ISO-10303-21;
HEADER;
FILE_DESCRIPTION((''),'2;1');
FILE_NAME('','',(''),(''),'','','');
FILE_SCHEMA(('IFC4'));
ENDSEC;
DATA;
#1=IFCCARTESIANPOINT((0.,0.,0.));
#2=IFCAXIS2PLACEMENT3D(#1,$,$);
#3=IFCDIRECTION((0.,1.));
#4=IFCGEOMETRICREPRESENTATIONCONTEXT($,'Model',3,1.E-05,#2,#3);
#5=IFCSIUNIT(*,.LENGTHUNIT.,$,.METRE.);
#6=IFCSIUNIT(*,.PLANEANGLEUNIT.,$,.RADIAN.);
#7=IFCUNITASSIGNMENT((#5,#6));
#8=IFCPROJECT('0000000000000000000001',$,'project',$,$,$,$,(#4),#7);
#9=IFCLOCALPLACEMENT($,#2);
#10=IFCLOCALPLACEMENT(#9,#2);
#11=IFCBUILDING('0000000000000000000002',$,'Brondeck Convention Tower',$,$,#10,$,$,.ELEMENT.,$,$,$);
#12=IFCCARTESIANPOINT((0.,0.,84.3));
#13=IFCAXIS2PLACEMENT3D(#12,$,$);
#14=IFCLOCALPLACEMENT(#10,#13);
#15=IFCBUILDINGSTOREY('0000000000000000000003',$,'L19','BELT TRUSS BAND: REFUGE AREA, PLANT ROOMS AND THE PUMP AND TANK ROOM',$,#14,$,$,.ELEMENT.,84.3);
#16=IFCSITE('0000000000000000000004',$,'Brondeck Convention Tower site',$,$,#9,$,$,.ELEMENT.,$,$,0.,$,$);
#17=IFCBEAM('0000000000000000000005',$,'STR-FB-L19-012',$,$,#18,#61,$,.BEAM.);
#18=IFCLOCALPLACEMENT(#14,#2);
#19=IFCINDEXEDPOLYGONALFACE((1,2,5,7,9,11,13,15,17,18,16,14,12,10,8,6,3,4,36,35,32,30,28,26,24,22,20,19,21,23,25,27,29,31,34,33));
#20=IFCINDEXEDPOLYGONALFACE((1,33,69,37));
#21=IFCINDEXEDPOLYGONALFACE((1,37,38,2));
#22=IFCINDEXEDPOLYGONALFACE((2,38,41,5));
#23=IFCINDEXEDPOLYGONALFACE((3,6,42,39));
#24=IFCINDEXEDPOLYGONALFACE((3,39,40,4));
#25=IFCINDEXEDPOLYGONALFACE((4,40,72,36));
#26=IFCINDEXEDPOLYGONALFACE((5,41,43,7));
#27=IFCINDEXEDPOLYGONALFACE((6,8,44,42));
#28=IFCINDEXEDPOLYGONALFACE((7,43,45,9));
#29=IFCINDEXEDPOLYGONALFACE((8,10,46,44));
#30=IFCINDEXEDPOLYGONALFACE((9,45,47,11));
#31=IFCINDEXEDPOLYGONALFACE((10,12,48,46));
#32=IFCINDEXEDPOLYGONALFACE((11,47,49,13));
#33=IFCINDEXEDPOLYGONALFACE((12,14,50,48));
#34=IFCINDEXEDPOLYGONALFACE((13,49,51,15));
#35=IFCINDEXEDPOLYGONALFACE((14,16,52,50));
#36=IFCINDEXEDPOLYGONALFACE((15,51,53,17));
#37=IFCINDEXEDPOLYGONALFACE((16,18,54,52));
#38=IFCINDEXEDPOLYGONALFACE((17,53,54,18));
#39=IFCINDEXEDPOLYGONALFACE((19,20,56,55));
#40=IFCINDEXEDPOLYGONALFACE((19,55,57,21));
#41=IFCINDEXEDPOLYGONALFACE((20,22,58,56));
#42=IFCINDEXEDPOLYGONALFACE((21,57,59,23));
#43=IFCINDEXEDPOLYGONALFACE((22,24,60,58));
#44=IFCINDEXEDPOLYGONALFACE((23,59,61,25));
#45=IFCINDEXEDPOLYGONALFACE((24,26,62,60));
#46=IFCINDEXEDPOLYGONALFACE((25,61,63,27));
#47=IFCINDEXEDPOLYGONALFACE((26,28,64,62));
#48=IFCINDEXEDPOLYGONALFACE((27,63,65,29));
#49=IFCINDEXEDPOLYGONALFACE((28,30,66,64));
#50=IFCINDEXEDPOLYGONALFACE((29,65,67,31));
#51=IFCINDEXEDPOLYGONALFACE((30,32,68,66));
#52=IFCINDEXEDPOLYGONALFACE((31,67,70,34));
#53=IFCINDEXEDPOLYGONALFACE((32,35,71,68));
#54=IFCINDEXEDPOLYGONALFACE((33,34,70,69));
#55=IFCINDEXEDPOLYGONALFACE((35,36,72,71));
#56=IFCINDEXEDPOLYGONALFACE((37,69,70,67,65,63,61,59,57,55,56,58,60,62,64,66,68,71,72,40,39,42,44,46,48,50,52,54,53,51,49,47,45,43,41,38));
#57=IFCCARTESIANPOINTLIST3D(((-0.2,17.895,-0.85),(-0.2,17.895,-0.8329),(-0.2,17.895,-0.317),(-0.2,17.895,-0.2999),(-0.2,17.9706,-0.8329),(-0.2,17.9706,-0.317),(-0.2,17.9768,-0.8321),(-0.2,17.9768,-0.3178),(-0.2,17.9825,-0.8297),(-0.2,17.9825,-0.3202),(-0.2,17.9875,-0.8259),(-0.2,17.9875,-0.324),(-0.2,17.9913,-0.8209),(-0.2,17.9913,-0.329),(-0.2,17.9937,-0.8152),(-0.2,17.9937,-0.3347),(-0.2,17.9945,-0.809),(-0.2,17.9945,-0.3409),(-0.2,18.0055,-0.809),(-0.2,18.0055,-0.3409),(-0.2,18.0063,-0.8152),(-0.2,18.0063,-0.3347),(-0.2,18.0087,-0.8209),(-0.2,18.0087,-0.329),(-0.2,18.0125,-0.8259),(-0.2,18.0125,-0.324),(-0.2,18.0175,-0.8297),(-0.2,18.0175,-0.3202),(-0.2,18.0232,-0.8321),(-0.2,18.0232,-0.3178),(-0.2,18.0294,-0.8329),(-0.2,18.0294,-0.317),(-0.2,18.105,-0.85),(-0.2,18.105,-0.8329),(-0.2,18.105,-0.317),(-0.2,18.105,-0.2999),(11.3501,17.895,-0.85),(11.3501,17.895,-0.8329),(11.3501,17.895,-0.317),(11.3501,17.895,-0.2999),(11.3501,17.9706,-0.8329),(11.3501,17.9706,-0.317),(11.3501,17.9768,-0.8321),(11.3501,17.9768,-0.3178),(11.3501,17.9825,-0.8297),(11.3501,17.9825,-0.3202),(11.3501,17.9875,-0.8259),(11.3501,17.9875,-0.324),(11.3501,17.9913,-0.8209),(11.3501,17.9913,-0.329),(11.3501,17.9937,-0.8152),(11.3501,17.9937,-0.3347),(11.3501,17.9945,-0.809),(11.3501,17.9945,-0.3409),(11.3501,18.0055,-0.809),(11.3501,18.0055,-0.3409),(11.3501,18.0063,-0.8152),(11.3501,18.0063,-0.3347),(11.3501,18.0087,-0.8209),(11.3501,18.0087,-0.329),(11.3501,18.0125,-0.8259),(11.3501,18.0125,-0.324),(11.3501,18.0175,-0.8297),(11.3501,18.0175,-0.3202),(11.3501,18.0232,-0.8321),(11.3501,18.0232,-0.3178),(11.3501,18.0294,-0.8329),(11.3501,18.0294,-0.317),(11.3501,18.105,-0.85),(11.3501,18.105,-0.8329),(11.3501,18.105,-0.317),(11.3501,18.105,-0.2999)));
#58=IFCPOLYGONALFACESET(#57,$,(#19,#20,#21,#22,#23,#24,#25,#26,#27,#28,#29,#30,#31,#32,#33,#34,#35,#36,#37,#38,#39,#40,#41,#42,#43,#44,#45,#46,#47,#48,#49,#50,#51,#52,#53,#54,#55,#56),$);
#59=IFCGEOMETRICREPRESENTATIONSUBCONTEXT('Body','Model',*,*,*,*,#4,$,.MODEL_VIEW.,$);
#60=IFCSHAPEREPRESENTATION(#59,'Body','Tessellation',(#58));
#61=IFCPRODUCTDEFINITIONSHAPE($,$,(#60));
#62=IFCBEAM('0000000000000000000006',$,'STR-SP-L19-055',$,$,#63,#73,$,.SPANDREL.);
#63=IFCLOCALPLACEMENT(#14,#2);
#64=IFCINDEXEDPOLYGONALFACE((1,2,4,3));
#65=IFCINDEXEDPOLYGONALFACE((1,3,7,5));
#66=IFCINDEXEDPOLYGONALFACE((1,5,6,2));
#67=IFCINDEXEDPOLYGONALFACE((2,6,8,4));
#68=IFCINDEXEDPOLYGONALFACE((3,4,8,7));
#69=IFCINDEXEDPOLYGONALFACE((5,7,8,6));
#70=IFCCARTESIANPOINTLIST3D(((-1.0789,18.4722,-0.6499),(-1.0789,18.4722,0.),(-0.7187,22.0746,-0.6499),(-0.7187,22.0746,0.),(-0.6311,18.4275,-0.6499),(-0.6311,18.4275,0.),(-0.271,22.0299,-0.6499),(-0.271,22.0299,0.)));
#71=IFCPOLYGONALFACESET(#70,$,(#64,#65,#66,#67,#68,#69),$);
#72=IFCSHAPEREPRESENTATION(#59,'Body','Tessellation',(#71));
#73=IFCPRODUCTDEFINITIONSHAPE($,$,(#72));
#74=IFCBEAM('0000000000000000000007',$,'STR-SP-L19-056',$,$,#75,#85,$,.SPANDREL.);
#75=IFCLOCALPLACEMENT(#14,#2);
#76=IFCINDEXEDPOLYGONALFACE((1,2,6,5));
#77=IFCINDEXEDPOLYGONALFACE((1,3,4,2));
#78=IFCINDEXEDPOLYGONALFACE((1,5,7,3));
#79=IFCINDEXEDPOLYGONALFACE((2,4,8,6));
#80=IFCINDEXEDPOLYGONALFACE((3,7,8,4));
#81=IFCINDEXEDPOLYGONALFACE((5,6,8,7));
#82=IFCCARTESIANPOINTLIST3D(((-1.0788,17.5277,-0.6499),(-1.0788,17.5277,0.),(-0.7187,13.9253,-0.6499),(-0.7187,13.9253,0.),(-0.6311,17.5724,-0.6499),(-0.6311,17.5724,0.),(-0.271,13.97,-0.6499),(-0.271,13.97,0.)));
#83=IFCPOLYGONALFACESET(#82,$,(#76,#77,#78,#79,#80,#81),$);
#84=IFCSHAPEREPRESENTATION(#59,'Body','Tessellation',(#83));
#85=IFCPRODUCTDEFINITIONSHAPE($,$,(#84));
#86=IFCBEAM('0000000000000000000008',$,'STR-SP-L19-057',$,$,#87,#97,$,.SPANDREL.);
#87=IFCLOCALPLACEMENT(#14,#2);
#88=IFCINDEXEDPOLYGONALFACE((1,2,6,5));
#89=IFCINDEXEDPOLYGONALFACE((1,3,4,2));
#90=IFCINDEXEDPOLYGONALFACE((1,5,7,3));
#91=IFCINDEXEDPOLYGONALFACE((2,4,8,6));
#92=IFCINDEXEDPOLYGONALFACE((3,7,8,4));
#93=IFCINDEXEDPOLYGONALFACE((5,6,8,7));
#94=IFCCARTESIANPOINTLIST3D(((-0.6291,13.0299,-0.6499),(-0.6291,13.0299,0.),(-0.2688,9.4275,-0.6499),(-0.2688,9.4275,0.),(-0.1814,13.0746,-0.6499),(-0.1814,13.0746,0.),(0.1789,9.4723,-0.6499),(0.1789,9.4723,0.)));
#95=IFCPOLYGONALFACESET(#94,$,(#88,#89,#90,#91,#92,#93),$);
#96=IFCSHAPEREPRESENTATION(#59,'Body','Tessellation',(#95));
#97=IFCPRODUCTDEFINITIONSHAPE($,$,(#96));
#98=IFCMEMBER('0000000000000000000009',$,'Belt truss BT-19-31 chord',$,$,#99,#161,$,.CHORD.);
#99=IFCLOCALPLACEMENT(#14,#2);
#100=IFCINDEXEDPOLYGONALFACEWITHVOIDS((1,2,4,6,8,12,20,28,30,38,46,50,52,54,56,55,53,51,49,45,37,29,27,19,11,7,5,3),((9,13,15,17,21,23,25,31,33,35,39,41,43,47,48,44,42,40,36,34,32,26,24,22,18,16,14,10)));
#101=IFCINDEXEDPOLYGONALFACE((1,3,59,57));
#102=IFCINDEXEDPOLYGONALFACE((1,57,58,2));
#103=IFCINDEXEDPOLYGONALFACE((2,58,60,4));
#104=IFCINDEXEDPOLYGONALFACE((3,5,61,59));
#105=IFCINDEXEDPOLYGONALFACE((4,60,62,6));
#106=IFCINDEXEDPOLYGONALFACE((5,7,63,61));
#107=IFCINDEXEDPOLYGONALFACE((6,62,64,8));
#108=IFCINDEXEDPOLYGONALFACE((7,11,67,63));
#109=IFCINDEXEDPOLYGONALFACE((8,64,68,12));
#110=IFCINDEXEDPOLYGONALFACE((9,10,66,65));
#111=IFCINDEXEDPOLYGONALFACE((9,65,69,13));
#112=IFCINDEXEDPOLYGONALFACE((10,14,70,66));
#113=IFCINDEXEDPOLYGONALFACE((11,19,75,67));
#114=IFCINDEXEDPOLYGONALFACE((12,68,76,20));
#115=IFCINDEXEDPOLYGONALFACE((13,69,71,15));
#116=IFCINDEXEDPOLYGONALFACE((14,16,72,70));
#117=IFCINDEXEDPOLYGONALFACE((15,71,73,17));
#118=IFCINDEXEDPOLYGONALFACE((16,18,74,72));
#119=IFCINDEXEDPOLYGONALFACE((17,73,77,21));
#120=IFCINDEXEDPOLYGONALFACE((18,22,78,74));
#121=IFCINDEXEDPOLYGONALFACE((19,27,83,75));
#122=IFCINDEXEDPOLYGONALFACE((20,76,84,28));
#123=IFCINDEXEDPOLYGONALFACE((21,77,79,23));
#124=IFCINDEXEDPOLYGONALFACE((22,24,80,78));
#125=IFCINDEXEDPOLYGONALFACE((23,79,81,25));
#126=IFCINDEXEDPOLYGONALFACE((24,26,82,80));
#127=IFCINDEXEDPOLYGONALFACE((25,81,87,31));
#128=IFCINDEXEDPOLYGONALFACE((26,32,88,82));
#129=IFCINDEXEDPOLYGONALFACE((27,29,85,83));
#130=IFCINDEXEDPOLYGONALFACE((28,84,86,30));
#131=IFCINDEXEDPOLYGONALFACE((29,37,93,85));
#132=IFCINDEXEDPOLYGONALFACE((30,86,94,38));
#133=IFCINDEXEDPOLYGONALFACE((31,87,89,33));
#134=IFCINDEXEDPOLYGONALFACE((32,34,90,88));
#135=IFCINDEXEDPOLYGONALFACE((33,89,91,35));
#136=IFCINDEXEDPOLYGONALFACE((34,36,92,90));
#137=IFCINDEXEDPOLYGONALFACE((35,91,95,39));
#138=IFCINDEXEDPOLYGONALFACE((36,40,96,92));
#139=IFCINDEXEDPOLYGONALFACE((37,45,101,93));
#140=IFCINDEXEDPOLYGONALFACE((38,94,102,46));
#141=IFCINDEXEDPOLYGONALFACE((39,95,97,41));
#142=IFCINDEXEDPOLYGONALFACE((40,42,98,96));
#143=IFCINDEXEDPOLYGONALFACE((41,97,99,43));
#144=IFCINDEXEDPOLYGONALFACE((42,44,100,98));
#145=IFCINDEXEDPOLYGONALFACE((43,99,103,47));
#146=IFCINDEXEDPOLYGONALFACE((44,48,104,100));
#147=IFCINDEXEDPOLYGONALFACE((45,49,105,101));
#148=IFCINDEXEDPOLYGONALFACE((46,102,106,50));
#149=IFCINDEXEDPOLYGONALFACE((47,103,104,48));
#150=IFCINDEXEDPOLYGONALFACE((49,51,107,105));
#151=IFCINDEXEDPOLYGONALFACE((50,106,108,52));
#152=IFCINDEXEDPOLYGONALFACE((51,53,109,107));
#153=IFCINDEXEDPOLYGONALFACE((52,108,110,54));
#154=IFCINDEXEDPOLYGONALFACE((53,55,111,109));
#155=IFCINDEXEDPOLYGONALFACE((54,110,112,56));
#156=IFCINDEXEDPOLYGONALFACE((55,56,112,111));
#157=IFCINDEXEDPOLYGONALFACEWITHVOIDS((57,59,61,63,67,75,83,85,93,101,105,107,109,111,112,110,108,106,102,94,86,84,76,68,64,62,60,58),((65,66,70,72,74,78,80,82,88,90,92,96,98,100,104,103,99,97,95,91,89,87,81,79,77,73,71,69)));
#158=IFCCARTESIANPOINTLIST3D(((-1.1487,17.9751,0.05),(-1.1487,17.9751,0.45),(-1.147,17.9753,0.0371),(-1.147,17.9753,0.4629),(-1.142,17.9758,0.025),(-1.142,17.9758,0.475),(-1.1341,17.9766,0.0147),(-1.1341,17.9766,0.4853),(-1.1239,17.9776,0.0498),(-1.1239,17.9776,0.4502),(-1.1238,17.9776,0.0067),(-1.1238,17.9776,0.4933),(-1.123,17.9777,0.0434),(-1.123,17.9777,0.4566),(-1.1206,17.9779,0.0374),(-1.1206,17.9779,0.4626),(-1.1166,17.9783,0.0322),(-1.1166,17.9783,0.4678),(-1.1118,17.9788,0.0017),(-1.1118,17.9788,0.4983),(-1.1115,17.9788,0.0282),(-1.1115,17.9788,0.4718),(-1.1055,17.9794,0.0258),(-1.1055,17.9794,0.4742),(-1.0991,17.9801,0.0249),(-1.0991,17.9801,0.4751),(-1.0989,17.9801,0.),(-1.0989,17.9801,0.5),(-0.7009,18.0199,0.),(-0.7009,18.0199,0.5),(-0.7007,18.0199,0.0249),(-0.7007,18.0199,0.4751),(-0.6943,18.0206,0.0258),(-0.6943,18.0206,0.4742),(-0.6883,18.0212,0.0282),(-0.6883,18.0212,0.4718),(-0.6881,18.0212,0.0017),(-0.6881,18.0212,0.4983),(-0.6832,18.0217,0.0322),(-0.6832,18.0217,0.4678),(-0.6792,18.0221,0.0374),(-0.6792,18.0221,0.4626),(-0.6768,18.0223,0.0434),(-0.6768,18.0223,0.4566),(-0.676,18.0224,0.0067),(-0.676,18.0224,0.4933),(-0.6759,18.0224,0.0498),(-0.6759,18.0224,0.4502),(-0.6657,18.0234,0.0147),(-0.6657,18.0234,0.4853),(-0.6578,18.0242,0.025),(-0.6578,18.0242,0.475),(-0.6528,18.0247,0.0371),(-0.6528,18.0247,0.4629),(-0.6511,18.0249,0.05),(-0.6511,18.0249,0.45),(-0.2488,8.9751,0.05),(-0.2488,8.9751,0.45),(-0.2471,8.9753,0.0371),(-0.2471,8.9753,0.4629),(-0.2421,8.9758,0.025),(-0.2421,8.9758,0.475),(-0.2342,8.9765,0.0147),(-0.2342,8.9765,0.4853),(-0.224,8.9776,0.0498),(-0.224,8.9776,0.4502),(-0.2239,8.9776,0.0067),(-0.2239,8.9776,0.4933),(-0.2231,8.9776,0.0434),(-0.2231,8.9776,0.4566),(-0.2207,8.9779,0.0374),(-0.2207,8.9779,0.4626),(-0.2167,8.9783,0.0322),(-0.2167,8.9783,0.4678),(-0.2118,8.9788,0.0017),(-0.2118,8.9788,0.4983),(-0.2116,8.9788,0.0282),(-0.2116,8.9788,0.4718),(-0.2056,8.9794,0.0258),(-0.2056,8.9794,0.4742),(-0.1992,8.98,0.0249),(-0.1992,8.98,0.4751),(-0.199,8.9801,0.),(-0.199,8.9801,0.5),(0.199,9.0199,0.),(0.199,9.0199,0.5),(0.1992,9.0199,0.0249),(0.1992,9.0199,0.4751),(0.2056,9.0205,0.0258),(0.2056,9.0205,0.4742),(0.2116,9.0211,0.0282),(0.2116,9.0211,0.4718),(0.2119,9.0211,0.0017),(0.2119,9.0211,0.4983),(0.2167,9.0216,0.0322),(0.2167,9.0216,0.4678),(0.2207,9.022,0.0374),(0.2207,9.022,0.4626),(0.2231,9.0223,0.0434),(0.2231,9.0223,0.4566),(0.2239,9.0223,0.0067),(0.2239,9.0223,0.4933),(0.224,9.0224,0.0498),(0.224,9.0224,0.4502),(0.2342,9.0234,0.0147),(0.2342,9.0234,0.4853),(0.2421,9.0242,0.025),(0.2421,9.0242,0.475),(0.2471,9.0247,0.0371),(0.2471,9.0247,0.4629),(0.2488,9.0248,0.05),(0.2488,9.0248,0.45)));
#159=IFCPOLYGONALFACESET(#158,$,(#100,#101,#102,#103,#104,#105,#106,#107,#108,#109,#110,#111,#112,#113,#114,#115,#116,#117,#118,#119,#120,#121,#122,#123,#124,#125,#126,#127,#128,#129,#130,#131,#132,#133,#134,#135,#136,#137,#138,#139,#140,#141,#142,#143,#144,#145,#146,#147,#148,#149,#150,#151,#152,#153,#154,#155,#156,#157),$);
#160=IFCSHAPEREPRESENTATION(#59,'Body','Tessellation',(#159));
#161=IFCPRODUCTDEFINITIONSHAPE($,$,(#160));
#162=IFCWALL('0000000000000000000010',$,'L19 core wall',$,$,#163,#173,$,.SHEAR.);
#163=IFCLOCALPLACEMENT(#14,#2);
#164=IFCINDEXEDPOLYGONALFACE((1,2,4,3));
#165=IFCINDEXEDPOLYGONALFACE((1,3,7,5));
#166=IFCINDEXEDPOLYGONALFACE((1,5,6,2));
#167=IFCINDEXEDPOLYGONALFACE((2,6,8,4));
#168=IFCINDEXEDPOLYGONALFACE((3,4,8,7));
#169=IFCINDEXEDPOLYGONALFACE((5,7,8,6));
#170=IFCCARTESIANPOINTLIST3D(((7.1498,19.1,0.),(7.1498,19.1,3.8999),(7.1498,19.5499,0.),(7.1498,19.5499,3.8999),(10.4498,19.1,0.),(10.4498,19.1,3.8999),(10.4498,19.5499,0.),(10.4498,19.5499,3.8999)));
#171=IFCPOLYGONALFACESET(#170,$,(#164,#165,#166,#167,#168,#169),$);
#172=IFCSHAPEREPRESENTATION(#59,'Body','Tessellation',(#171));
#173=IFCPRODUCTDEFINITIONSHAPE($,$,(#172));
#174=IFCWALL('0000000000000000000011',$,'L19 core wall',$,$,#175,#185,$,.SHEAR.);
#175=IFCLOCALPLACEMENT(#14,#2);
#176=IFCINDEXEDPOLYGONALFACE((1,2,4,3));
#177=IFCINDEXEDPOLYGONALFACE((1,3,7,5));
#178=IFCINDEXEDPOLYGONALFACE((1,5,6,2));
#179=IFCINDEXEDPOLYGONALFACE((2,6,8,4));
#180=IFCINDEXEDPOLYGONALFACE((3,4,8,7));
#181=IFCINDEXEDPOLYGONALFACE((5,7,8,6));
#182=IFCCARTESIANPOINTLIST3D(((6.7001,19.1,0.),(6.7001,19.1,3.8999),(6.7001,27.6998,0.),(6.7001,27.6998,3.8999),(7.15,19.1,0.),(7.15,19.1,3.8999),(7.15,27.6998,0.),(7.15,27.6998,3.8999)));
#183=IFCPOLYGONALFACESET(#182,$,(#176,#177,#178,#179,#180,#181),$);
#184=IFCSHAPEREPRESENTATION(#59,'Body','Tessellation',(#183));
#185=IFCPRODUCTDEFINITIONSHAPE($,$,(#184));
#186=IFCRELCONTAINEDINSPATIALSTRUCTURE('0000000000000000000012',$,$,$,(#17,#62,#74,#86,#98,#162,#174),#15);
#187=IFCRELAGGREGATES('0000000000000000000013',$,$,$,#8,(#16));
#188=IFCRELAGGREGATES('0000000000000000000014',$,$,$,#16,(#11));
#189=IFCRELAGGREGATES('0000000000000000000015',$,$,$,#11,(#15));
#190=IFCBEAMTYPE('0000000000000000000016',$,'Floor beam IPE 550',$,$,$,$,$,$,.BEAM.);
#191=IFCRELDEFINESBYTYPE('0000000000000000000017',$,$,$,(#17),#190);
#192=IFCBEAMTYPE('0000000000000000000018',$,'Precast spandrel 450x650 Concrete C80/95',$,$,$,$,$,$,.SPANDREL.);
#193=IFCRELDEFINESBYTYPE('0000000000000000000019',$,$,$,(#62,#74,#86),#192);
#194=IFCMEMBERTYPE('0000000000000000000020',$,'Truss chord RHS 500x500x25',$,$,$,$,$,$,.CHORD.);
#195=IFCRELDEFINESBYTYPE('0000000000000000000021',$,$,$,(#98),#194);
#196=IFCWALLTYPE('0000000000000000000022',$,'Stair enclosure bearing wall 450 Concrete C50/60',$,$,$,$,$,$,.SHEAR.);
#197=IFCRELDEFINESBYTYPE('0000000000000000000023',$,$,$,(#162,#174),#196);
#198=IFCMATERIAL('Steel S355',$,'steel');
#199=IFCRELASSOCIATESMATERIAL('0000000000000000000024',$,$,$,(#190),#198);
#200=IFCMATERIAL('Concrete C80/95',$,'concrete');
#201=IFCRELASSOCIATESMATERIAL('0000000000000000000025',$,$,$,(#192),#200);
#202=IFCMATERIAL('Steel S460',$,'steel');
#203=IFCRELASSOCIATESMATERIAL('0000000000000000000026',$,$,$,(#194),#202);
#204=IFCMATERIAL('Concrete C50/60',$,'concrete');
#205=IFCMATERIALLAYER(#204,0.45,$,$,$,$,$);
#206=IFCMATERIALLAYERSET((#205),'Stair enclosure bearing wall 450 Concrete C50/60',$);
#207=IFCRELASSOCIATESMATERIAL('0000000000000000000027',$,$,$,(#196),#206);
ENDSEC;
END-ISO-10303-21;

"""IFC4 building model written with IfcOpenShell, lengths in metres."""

from ifc_helpers import new_model, si_unit, direction, frame, frame_2d, origin, origin_2d, place, context, subcontext, project, spatial, rectangle, hollow_rectangle, i_section, extrude, material, layer, layer_set, material_profile, profile_set, type_object, element, save


model = new_model("IFC4")

# Units and contexts
model_context = context("Model", 3, precision=1e-05, world=origin(), true_north=direction((0.0, 1.0)))
body_context = subcontext(model_context, "Body", "Model", "MODEL_VIEW")
ifc_project = project(units=[si_unit("LENGTHUNIT", "METRE"), si_unit("PLANEANGLEUNIT", "RADIAN")], contexts=[model_context])

# Site, building, storey
site_placement = place(None, origin())
site = spatial("IfcSite", under=ifc_project, at=site_placement, Name="Brondeck Convention Tower site", CompositionType="ELEMENT", RefElevation=0.0)
building_placement = place(site_placement, origin())
building = spatial("IfcBuilding", under=site, at=building_placement, Name="Brondeck Convention Tower", CompositionType="ELEMENT")
storey_placement = place(building_placement, frame((0.0, 0.0, 84.3)))
storey = spatial("IfcBuildingStorey", under=building, at=storey_placement, Name="L19", Description="BELT TRUSS BAND: REFUGE AREA, PLANT ROOMS AND THE PUMP AND TANK ROOM", CompositionType="ELEMENT", Elevation=84.3)

# Shared definitions
ifc_material_1 = material(Name="Concrete C80/95", Category="concrete")

# Shared definitions
ifc_material_2 = material(Name="Steel S460", Category="steel")

# Beams
ifc_material_3 = material(Name="Steel S355", Category="steel")
ifc_material_profile_1 = material_profile(ifc_material_3, i_section(OverallWidth=0.21, OverallDepth=0.55, WebThickness=0.011, FlangeThickness=0.0171, FilletRadius=0.0239, at=origin_2d()), Name="IPE 550")
ifc_profile_set_1 = profile_set([ifc_material_profile_1], Name="Steel S355")
beam_type_1 = type_object("IfcBeamType", Name="Floor beam IPE 550", PredefinedType="BEAM", material=ifc_profile_set_1)
beam_placement = place(storey_placement, frame((-0.2, 18.0, -0.575), z_axis=(1.0, 0.0, 0.0), x_axis=(0.0, 1.0, 0.0)))
element("IfcBeam", 1, at=beam_placement, inside=storey, type_object=beam_type_1, Name="STR-FB-L19-012", PredefinedType="BEAM", context=body_context, shape_type="SweptSolid", body=[
    extrude(i_section(OverallWidth=0.21, OverallDepth=0.55, WebThickness=0.011, FlangeThickness=0.0171, FilletRadius=0.0239, at=origin_2d()), origin(), (0.0, 0.0, 1.0), 11.55),
])
ifc_material_profile_2 = material_profile(ifc_material_1, rectangle(XDim=0.45, YDim=0.6499, at=origin_2d()), Name="Precast spandrel 450x650 Concrete C80/95")
ifc_profile_set_2 = profile_set([ifc_material_profile_2], Name="Concrete C80/95")
beam_type_2 = type_object("IfcBeamType", Name="Precast spandrel 450x650 Concrete C80/95", PredefinedType="SPANDREL", material=ifc_profile_set_2)
for number, where, z_axis, x_axis, name in (
    (2, (-0.4949, 22.0522, -0.325), (-0.09947, -0.995041, 0.0), (0.995041, -0.09947, 0.0), "STR-SP-L19-055"),
    (3, (-0.855, 17.55, -0.325), (0.09947, -0.995041, 0.0), (0.995041, 0.09947, 0.0), "STR-SP-L19-056"),
    (4, (-0.4053, 13.0522, -0.325), (0.099537, -0.995034, 0.0), (0.995034, 0.099537, 0.0), "STR-SP-L19-057"),
):
    element("IfcBeam", number, at=place(storey_placement, frame(where, z_axis=z_axis, x_axis=x_axis)), inside=storey, type_object=beam_type_2, Name=name, PredefinedType="SPANDREL", context=body_context, shape_type="SweptSolid", body=[
        extrude(rectangle(XDim=0.45, YDim=0.6499, at=origin_2d()), origin(), (0.0, 0.0, 1.0), 3.6204),
    ])

# Member
ifc_material_profile_3 = material_profile(ifc_material_2, hollow_rectangle(XDim=0.5, YDim=0.5, WallThickness=0.0249, InnerFilletRadius=0.0249, OuterFilletRadius=0.05, at=origin_2d()), Name="RHS 500x500x25")
ifc_profile_set_3 = profile_set([ifc_material_profile_3], Name="Steel S460")
member_type_1 = type_object("IfcMemberType", Name="Truss chord RHS 500x500x25", PredefinedType="CHORD", material=ifc_profile_set_3)
member_placement = place(storey_placement, frame((-0.8999, 18.0, 0.25), z_axis=(0.099493, -0.995038, 0.0), x_axis=(0.995038, 0.099493, 0.0)))
element("IfcMember", 5, at=member_placement, inside=storey, type_object=member_type_1, Name="Belt truss BT-19-31 chord", PredefinedType="CHORD", context=body_context, shape_type="SweptSolid", body=[
    extrude(hollow_rectangle(XDim=0.5, YDim=0.5, WallThickness=0.0249, InnerFilletRadius=0.0249, OuterFilletRadius=0.05, at=origin_2d()), origin(), (0.0, 0.0, 1.0), 9.0449),
])

# Walls
ifc_material_4 = material(Name="Concrete C50/60", Category="concrete")
ifc_layer_1 = layer(ifc_material_4, 0.45)
ifc_layer_set_1 = layer_set([ifc_layer_1], Name="Stair enclosure bearing wall 450 Concrete C50/60")
wall_type = type_object("IfcWallType", Name="Stair enclosure bearing wall 450 Concrete C50/60", PredefinedType="SHEAR", material=ifc_layer_set_1)
wall_1_placement = place(storey_placement, frame((7.1499, 19.325, 0.0), z_axis=(0.0, 0.0, 1.0), x_axis=(1.0, 0.0, 0.0)))
element("IfcWall", 6, at=wall_1_placement, inside=storey, type_object=wall_type, Name="L19 core wall", PredefinedType="SHEAR", context=body_context, shape_type="SweptSolid", body=[
    extrude(rectangle(XDim=3.3, YDim=0.45, at=frame_2d((1.6499, 0.0))), origin(), (0.0, 0.0, 1.0), 3.8999),
])
wall_2_placement = place(storey_placement, frame((6.925, 19.1001, 0.0), z_axis=(0.0, 0.0, 1.0), x_axis=(0.0, 1.0, 0.0)))
element("IfcWall", 7, at=wall_2_placement, inside=storey, type_object=wall_type, Name="L19 core wall", PredefinedType="SHEAR", context=body_context, shape_type="SweptSolid", body=[
    extrude(rectangle(XDim=8.5999, YDim=0.45, at=frame_2d((4.2998, 0.0))), origin(), (0.0, 0.0, 1.0), 3.8999),
])

save(model, "model.ifc")
